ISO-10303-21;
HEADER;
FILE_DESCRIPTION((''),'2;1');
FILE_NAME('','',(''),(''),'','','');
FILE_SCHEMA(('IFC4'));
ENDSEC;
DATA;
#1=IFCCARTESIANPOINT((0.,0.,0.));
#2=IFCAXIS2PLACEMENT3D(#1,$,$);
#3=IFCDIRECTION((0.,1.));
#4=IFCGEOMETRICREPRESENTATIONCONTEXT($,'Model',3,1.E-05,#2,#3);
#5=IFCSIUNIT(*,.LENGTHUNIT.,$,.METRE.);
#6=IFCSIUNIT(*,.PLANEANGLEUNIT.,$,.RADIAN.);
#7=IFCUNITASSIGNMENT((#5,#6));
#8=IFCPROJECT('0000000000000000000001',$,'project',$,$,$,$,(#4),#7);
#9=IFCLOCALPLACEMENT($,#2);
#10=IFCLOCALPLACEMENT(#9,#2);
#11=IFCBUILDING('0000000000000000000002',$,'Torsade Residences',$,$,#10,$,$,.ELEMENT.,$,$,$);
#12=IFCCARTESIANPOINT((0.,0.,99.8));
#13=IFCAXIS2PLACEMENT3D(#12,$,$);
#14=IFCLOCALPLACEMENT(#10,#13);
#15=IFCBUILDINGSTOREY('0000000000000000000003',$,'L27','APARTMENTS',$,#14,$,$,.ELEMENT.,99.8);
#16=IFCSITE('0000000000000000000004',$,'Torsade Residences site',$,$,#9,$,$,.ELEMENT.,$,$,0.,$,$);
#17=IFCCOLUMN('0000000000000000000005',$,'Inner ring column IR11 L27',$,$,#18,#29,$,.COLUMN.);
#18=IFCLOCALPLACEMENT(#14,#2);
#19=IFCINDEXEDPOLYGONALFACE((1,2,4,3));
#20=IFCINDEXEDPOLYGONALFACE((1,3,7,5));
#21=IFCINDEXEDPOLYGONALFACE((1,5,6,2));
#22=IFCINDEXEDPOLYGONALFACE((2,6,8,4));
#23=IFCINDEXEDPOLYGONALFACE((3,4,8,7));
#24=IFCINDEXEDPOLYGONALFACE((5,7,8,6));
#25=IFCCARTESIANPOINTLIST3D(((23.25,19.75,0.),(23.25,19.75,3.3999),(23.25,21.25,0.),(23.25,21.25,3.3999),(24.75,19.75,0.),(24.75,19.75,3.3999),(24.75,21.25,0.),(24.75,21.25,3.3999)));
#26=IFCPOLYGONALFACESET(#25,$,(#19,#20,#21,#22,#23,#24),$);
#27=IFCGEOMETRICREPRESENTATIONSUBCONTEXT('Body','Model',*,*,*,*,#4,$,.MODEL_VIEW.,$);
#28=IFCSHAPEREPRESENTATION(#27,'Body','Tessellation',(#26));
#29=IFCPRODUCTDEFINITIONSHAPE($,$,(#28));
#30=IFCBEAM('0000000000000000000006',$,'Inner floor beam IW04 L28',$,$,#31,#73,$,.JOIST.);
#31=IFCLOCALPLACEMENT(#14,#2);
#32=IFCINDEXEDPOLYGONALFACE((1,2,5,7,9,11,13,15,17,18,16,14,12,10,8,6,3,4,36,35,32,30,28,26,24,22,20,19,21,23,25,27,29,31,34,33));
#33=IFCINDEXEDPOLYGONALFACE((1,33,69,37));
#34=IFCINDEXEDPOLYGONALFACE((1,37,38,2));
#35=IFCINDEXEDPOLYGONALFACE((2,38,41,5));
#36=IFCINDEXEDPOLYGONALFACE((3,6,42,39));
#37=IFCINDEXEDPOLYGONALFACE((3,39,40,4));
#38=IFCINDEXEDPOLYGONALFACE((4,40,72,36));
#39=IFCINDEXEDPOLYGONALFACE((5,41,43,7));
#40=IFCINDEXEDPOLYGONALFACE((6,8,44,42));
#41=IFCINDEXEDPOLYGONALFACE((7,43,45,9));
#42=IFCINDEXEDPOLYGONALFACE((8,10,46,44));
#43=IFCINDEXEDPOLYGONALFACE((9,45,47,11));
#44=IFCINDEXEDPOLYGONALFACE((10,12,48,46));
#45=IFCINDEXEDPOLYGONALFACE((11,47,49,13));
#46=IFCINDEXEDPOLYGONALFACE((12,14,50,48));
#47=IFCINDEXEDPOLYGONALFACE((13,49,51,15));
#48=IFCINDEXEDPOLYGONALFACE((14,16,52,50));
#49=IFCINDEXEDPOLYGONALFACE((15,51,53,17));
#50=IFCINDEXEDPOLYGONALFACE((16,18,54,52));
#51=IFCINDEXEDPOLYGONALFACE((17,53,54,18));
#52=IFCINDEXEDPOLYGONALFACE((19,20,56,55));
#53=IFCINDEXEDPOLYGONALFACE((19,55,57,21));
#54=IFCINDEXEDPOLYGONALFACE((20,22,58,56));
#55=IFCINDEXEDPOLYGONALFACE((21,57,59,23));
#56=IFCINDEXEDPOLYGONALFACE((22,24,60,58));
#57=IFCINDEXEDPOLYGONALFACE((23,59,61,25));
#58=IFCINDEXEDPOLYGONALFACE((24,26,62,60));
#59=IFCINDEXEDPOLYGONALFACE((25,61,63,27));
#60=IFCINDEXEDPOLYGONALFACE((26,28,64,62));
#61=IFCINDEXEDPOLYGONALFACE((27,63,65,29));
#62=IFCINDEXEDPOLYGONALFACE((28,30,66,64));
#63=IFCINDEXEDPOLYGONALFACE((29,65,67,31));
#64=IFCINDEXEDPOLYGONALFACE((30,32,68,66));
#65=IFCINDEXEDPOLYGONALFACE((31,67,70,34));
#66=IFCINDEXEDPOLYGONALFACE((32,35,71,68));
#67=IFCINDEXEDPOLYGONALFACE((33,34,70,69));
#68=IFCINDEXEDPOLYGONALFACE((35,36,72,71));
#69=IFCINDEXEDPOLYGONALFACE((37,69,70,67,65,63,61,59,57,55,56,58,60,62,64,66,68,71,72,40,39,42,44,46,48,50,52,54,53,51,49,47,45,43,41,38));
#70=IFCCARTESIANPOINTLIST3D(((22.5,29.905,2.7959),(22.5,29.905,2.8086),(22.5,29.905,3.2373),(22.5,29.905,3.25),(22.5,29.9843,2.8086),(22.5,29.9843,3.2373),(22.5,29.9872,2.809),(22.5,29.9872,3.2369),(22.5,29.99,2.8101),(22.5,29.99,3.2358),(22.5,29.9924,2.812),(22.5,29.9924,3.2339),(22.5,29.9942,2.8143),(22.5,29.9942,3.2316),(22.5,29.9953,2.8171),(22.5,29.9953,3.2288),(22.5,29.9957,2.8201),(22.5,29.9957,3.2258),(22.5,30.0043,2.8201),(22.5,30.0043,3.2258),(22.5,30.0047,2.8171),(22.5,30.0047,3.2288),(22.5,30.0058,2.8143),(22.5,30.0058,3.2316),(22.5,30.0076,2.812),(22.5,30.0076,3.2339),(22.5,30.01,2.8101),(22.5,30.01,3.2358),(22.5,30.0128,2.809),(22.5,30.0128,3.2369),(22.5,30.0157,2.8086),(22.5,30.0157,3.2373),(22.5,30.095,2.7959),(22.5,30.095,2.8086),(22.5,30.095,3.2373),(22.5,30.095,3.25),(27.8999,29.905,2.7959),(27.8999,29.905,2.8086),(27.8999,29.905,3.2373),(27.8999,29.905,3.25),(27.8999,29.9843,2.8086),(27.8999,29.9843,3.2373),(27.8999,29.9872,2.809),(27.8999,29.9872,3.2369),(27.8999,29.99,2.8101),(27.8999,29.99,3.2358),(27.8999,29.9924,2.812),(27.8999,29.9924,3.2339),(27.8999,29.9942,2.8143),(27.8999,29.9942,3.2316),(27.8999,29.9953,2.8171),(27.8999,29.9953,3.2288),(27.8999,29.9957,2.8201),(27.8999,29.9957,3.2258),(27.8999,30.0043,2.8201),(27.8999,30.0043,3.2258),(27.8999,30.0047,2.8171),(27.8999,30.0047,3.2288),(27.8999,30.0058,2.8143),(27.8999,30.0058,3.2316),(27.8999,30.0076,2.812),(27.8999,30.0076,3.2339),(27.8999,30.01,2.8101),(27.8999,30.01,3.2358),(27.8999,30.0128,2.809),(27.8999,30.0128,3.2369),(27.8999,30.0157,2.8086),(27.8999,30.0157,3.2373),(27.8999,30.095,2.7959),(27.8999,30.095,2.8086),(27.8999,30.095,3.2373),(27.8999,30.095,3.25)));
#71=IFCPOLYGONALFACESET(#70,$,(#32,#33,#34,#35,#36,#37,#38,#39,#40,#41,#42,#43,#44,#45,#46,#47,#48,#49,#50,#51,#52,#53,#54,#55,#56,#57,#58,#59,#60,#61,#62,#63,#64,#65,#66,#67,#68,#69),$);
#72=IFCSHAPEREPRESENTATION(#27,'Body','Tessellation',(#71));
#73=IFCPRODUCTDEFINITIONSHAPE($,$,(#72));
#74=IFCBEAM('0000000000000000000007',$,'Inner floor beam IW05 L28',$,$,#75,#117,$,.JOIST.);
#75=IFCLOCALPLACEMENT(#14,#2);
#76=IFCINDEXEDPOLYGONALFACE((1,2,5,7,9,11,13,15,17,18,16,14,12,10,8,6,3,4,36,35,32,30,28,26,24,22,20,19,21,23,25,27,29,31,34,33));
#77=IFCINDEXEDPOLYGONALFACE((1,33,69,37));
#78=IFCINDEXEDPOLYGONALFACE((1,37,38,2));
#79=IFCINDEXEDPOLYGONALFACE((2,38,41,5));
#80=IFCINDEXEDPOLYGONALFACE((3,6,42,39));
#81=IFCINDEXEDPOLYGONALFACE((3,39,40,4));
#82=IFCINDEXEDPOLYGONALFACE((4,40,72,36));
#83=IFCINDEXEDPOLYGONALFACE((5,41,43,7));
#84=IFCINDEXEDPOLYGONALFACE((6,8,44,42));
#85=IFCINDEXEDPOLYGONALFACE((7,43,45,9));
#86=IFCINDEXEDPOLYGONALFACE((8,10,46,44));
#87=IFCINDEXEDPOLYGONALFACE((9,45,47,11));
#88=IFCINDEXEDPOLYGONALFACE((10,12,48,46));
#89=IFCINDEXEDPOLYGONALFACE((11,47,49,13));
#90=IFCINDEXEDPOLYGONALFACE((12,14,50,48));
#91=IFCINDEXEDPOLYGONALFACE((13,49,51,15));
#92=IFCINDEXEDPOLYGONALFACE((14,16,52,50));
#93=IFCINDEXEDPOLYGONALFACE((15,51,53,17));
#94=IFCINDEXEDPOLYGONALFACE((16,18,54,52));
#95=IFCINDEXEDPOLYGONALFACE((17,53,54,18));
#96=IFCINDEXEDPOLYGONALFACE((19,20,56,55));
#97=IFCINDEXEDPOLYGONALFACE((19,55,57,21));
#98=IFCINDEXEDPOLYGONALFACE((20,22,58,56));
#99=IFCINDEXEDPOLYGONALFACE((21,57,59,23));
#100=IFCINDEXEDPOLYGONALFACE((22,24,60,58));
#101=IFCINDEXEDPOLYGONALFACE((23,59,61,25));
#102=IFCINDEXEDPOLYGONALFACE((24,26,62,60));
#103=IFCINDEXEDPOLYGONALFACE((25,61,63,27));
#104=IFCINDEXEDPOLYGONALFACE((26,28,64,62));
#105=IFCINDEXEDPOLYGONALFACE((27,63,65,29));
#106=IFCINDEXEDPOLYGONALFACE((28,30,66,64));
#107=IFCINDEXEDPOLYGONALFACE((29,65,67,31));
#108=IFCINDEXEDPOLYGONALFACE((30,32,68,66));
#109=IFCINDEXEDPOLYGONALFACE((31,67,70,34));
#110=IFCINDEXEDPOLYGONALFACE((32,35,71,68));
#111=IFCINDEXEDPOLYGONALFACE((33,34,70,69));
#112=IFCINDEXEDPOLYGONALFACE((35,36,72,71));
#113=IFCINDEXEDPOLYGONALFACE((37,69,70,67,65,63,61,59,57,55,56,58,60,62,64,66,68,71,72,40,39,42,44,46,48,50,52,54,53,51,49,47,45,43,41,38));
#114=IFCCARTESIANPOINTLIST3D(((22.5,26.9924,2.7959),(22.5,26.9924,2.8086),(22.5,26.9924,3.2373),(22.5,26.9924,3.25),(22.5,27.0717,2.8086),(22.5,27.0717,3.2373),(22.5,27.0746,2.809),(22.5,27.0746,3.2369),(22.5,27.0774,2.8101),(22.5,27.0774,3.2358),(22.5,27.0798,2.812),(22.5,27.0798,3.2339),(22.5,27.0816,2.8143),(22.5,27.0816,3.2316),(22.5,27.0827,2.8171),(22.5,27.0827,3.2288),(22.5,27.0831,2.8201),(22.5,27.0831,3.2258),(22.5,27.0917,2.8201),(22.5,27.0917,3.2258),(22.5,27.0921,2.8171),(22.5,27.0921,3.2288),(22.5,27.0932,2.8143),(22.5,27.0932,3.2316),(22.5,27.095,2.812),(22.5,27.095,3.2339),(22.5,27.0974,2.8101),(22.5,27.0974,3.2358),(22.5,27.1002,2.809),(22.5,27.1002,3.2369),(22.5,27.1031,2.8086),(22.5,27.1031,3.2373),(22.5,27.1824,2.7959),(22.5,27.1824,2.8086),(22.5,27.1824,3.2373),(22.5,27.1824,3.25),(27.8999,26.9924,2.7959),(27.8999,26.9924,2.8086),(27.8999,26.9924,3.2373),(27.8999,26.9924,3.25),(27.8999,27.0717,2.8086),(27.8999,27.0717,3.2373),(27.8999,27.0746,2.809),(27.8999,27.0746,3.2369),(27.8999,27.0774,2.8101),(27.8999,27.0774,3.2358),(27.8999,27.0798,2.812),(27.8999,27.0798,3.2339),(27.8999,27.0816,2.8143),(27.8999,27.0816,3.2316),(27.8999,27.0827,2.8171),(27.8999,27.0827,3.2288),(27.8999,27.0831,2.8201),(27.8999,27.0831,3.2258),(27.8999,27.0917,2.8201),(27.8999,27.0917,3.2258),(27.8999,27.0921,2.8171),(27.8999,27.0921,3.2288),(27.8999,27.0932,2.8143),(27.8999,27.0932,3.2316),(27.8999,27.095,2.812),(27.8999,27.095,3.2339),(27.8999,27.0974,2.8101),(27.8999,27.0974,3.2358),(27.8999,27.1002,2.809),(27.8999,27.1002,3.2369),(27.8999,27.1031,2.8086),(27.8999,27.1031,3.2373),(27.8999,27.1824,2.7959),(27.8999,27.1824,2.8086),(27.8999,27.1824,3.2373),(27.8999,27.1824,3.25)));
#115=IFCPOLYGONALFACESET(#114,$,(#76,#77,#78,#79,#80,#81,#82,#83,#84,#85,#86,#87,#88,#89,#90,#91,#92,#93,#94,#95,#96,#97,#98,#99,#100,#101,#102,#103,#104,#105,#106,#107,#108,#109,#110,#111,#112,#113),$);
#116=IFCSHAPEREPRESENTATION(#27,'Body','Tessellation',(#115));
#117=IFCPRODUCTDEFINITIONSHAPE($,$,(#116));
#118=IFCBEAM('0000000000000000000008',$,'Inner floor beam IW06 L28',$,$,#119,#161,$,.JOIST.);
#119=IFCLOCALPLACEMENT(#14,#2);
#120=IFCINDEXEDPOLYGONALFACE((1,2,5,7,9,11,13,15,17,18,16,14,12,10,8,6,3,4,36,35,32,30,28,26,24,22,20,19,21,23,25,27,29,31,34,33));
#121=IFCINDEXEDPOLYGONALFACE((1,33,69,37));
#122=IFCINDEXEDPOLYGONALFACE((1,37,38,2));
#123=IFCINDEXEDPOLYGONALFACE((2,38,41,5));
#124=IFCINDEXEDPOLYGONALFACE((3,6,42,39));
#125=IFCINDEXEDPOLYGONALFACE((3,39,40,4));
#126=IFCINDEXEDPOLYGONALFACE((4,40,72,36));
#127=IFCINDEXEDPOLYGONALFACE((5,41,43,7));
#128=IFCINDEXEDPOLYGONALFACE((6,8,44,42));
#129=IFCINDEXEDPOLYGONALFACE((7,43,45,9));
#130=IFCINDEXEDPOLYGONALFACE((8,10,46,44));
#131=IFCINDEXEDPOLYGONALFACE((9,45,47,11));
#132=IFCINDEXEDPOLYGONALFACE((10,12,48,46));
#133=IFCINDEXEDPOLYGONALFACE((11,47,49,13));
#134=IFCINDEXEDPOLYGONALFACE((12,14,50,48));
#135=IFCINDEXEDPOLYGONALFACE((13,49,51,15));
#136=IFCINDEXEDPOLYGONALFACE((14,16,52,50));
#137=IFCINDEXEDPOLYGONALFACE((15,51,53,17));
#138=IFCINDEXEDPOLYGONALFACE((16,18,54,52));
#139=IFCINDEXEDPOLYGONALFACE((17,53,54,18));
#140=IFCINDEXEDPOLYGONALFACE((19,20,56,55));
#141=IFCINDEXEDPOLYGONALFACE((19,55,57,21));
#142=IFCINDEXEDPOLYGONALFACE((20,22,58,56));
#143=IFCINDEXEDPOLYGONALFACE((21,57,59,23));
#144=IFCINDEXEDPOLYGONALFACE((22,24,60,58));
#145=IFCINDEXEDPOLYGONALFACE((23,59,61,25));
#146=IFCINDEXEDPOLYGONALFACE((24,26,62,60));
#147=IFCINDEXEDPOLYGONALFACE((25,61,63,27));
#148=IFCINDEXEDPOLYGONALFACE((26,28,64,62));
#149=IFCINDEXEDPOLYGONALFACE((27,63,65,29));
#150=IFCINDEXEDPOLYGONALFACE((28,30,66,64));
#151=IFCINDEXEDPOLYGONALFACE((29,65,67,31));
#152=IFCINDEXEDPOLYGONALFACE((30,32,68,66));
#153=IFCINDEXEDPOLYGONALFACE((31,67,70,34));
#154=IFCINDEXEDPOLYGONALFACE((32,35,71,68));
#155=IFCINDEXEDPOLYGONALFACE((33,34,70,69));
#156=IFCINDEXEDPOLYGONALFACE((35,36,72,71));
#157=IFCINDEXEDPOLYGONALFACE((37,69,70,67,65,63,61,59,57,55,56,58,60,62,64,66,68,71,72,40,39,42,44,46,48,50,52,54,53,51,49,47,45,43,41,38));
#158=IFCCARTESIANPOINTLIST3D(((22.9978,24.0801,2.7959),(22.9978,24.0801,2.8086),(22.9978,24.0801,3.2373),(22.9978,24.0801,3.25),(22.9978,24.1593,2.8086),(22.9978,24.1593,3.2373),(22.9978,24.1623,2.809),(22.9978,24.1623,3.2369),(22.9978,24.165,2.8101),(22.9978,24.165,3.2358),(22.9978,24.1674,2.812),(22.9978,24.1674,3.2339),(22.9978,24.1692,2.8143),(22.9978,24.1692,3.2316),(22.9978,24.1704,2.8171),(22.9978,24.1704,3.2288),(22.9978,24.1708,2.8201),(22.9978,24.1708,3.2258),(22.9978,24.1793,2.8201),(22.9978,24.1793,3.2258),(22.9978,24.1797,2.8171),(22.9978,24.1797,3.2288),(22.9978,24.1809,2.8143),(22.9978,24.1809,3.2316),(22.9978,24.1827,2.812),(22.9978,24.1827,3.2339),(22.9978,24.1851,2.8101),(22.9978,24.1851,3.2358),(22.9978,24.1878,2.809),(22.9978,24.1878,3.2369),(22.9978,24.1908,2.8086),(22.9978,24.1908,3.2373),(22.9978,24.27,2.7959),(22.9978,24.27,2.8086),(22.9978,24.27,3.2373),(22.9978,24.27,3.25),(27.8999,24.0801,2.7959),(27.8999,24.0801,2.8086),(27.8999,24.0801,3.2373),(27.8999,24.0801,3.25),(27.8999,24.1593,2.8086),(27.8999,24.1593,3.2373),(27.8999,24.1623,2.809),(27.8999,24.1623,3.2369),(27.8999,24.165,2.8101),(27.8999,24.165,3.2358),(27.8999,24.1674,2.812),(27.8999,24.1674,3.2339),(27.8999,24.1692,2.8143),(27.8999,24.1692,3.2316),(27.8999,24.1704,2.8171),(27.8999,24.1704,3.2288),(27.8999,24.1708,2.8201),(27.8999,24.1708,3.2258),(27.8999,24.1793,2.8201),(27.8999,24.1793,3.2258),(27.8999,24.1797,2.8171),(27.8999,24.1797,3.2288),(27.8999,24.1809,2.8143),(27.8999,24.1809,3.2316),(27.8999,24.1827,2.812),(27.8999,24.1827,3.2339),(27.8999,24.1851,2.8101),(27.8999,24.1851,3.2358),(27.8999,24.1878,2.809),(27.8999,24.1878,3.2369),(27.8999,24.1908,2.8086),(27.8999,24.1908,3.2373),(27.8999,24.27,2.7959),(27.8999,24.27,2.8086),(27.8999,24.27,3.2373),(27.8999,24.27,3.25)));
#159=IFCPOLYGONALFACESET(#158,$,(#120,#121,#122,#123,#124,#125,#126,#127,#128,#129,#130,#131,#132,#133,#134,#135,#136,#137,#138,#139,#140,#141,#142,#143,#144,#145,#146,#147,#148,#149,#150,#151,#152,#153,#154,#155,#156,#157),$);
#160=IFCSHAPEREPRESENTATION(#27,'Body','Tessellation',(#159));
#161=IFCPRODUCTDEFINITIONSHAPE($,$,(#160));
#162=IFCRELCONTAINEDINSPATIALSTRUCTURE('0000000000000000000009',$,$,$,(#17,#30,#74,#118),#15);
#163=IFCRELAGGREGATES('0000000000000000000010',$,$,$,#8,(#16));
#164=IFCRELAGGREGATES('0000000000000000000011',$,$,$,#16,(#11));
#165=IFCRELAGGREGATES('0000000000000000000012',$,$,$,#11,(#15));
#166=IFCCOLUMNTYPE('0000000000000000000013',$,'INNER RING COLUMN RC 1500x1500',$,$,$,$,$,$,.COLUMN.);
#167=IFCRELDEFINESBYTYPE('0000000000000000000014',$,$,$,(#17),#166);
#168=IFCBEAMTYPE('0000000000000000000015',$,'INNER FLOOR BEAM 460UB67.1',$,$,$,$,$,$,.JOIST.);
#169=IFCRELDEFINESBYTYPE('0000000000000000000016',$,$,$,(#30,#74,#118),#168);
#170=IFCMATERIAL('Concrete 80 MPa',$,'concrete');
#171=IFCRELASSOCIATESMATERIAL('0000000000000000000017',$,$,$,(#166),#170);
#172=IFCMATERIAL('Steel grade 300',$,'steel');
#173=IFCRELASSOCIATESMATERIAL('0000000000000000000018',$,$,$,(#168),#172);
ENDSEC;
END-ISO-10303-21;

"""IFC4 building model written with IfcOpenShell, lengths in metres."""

from ifc_helpers import new_model, si_unit, direction, frame, origin, origin_2d, place, context, subcontext, project, spatial, rectangle, i_section, extrude, material, material_profile, profile_set, type_object, element, save


model = new_model("IFC4")

# Units and contexts
model_context = context("Model", 3, precision=1e-05, world=origin(), true_north=direction((0.0, 1.0)))
body_context = subcontext(model_context, "Body", "Model", "MODEL_VIEW")
ifc_project = project(units=[si_unit("LENGTHUNIT", "METRE"), si_unit("PLANEANGLEUNIT", "RADIAN")], contexts=[model_context])

# Site, building, storey
site_placement = place(None, origin())
site = spatial("IfcSite", under=ifc_project, at=site_placement, Name="Torsade Residences site", CompositionType="ELEMENT", RefElevation=0.0)
building_placement = place(site_placement, origin())
building = spatial("IfcBuilding", under=site, at=building_placement, Name="Torsade Residences", CompositionType="ELEMENT")
storey_placement = place(building_placement, frame((0.0, 0.0, 99.8)))
storey = spatial("IfcBuildingStorey", under=building, at=storey_placement, Name="L27", Description="APARTMENTS", CompositionType="ELEMENT", Elevation=99.8)

# Column
ifc_material_1 = material(Name="Concrete 80 MPa", Category="concrete")
ifc_material_profile_1 = material_profile(ifc_material_1, rectangle(XDim=1.5, YDim=1.5, at=origin_2d()), Name="RC 1500x1500")
ifc_profile_set_1 = profile_set([ifc_material_profile_1], Name="Concrete 80 MPa")
column_type = type_object("IfcColumnType", Name="INNER RING COLUMN RC 1500x1500", PredefinedType="COLUMN", material=ifc_profile_set_1)
column_placement = place(storey_placement, frame((24.0, 20.5, 0.0), z_axis=(0.0, 0.0, 1.0), x_axis=(1.0, 0.0, 0.0)))
element("IfcColumn", 1, at=column_placement, inside=storey, type_object=column_type, Name="Inner ring column IR11 L27", PredefinedType="COLUMN", context=body_context, shape_type="SweptSolid", body=[
    extrude(rectangle(XDim=1.5, YDim=1.5, at=origin_2d()), origin(), (0.0, 0.0, 1.0), 3.3999),
])

# Beams
ifc_material_2 = material(Name="Steel grade 300", Category="steel")
ifc_material_profile_2 = material_profile(ifc_material_2, i_section(OverallWidth=0.1899, OverallDepth=0.4541, WebThickness=0.0085, FlangeThickness=0.0127, FilletRadius=0.0115, at=origin_2d()), Name="460UB67.1")
ifc_profile_set_2 = profile_set([ifc_material_profile_2], Name="Steel grade 300")
beam_type_1 = type_object("IfcBeamType", Name="INNER FLOOR BEAM 460UB67.1", PredefinedType="JOIST", material=ifc_profile_set_2)
for number, where, z_axis, x_axis, name in (
    (2, (27.8999, 30.0, 3.0229), (-1.0, 0.0, 0.0), (0.0, -1.0, 0.0), "Inner floor beam IW04 L28"),
    (3, (27.8999, 27.0874, 3.0229), (-1.0, 0.0, 0.0), (0.0, -1.0, 0.0), "Inner floor beam IW05 L28"),
):
    element("IfcBeam", number, at=place(storey_placement, frame(where, z_axis=z_axis, x_axis=x_axis)), inside=storey, type_object=beam_type_1, Name=name, PredefinedType="JOIST", context=body_context, shape_type="SweptSolid", body=[
        extrude(i_section(OverallWidth=0.1899, OverallDepth=0.4541, WebThickness=0.0085, FlangeThickness=0.0127, FilletRadius=0.0115, at=origin_2d()), origin(), (0.0, 0.0, 1.0), 5.3999),
    ])
beam_1_placement = place(storey_placement, frame((27.8999, 24.175, 3.0229), z_axis=(-1.0, 0.0, 0.0), x_axis=(0.0, -1.0, 0.0)))
element("IfcBeam", 4, at=beam_1_placement, inside=storey, type_object=beam_type_1, Name="Inner floor beam IW06 L28", PredefinedType="JOIST", context=body_context, shape_type="SweptSolid", body=[
    extrude(i_section(OverallWidth=0.1899, OverallDepth=0.4541, WebThickness=0.0085, FlangeThickness=0.0127, FilletRadius=0.0115, at=origin_2d()), origin(), (0.0, 0.0, 1.0), 4.9021),
])

save(model, "model.ifc")
